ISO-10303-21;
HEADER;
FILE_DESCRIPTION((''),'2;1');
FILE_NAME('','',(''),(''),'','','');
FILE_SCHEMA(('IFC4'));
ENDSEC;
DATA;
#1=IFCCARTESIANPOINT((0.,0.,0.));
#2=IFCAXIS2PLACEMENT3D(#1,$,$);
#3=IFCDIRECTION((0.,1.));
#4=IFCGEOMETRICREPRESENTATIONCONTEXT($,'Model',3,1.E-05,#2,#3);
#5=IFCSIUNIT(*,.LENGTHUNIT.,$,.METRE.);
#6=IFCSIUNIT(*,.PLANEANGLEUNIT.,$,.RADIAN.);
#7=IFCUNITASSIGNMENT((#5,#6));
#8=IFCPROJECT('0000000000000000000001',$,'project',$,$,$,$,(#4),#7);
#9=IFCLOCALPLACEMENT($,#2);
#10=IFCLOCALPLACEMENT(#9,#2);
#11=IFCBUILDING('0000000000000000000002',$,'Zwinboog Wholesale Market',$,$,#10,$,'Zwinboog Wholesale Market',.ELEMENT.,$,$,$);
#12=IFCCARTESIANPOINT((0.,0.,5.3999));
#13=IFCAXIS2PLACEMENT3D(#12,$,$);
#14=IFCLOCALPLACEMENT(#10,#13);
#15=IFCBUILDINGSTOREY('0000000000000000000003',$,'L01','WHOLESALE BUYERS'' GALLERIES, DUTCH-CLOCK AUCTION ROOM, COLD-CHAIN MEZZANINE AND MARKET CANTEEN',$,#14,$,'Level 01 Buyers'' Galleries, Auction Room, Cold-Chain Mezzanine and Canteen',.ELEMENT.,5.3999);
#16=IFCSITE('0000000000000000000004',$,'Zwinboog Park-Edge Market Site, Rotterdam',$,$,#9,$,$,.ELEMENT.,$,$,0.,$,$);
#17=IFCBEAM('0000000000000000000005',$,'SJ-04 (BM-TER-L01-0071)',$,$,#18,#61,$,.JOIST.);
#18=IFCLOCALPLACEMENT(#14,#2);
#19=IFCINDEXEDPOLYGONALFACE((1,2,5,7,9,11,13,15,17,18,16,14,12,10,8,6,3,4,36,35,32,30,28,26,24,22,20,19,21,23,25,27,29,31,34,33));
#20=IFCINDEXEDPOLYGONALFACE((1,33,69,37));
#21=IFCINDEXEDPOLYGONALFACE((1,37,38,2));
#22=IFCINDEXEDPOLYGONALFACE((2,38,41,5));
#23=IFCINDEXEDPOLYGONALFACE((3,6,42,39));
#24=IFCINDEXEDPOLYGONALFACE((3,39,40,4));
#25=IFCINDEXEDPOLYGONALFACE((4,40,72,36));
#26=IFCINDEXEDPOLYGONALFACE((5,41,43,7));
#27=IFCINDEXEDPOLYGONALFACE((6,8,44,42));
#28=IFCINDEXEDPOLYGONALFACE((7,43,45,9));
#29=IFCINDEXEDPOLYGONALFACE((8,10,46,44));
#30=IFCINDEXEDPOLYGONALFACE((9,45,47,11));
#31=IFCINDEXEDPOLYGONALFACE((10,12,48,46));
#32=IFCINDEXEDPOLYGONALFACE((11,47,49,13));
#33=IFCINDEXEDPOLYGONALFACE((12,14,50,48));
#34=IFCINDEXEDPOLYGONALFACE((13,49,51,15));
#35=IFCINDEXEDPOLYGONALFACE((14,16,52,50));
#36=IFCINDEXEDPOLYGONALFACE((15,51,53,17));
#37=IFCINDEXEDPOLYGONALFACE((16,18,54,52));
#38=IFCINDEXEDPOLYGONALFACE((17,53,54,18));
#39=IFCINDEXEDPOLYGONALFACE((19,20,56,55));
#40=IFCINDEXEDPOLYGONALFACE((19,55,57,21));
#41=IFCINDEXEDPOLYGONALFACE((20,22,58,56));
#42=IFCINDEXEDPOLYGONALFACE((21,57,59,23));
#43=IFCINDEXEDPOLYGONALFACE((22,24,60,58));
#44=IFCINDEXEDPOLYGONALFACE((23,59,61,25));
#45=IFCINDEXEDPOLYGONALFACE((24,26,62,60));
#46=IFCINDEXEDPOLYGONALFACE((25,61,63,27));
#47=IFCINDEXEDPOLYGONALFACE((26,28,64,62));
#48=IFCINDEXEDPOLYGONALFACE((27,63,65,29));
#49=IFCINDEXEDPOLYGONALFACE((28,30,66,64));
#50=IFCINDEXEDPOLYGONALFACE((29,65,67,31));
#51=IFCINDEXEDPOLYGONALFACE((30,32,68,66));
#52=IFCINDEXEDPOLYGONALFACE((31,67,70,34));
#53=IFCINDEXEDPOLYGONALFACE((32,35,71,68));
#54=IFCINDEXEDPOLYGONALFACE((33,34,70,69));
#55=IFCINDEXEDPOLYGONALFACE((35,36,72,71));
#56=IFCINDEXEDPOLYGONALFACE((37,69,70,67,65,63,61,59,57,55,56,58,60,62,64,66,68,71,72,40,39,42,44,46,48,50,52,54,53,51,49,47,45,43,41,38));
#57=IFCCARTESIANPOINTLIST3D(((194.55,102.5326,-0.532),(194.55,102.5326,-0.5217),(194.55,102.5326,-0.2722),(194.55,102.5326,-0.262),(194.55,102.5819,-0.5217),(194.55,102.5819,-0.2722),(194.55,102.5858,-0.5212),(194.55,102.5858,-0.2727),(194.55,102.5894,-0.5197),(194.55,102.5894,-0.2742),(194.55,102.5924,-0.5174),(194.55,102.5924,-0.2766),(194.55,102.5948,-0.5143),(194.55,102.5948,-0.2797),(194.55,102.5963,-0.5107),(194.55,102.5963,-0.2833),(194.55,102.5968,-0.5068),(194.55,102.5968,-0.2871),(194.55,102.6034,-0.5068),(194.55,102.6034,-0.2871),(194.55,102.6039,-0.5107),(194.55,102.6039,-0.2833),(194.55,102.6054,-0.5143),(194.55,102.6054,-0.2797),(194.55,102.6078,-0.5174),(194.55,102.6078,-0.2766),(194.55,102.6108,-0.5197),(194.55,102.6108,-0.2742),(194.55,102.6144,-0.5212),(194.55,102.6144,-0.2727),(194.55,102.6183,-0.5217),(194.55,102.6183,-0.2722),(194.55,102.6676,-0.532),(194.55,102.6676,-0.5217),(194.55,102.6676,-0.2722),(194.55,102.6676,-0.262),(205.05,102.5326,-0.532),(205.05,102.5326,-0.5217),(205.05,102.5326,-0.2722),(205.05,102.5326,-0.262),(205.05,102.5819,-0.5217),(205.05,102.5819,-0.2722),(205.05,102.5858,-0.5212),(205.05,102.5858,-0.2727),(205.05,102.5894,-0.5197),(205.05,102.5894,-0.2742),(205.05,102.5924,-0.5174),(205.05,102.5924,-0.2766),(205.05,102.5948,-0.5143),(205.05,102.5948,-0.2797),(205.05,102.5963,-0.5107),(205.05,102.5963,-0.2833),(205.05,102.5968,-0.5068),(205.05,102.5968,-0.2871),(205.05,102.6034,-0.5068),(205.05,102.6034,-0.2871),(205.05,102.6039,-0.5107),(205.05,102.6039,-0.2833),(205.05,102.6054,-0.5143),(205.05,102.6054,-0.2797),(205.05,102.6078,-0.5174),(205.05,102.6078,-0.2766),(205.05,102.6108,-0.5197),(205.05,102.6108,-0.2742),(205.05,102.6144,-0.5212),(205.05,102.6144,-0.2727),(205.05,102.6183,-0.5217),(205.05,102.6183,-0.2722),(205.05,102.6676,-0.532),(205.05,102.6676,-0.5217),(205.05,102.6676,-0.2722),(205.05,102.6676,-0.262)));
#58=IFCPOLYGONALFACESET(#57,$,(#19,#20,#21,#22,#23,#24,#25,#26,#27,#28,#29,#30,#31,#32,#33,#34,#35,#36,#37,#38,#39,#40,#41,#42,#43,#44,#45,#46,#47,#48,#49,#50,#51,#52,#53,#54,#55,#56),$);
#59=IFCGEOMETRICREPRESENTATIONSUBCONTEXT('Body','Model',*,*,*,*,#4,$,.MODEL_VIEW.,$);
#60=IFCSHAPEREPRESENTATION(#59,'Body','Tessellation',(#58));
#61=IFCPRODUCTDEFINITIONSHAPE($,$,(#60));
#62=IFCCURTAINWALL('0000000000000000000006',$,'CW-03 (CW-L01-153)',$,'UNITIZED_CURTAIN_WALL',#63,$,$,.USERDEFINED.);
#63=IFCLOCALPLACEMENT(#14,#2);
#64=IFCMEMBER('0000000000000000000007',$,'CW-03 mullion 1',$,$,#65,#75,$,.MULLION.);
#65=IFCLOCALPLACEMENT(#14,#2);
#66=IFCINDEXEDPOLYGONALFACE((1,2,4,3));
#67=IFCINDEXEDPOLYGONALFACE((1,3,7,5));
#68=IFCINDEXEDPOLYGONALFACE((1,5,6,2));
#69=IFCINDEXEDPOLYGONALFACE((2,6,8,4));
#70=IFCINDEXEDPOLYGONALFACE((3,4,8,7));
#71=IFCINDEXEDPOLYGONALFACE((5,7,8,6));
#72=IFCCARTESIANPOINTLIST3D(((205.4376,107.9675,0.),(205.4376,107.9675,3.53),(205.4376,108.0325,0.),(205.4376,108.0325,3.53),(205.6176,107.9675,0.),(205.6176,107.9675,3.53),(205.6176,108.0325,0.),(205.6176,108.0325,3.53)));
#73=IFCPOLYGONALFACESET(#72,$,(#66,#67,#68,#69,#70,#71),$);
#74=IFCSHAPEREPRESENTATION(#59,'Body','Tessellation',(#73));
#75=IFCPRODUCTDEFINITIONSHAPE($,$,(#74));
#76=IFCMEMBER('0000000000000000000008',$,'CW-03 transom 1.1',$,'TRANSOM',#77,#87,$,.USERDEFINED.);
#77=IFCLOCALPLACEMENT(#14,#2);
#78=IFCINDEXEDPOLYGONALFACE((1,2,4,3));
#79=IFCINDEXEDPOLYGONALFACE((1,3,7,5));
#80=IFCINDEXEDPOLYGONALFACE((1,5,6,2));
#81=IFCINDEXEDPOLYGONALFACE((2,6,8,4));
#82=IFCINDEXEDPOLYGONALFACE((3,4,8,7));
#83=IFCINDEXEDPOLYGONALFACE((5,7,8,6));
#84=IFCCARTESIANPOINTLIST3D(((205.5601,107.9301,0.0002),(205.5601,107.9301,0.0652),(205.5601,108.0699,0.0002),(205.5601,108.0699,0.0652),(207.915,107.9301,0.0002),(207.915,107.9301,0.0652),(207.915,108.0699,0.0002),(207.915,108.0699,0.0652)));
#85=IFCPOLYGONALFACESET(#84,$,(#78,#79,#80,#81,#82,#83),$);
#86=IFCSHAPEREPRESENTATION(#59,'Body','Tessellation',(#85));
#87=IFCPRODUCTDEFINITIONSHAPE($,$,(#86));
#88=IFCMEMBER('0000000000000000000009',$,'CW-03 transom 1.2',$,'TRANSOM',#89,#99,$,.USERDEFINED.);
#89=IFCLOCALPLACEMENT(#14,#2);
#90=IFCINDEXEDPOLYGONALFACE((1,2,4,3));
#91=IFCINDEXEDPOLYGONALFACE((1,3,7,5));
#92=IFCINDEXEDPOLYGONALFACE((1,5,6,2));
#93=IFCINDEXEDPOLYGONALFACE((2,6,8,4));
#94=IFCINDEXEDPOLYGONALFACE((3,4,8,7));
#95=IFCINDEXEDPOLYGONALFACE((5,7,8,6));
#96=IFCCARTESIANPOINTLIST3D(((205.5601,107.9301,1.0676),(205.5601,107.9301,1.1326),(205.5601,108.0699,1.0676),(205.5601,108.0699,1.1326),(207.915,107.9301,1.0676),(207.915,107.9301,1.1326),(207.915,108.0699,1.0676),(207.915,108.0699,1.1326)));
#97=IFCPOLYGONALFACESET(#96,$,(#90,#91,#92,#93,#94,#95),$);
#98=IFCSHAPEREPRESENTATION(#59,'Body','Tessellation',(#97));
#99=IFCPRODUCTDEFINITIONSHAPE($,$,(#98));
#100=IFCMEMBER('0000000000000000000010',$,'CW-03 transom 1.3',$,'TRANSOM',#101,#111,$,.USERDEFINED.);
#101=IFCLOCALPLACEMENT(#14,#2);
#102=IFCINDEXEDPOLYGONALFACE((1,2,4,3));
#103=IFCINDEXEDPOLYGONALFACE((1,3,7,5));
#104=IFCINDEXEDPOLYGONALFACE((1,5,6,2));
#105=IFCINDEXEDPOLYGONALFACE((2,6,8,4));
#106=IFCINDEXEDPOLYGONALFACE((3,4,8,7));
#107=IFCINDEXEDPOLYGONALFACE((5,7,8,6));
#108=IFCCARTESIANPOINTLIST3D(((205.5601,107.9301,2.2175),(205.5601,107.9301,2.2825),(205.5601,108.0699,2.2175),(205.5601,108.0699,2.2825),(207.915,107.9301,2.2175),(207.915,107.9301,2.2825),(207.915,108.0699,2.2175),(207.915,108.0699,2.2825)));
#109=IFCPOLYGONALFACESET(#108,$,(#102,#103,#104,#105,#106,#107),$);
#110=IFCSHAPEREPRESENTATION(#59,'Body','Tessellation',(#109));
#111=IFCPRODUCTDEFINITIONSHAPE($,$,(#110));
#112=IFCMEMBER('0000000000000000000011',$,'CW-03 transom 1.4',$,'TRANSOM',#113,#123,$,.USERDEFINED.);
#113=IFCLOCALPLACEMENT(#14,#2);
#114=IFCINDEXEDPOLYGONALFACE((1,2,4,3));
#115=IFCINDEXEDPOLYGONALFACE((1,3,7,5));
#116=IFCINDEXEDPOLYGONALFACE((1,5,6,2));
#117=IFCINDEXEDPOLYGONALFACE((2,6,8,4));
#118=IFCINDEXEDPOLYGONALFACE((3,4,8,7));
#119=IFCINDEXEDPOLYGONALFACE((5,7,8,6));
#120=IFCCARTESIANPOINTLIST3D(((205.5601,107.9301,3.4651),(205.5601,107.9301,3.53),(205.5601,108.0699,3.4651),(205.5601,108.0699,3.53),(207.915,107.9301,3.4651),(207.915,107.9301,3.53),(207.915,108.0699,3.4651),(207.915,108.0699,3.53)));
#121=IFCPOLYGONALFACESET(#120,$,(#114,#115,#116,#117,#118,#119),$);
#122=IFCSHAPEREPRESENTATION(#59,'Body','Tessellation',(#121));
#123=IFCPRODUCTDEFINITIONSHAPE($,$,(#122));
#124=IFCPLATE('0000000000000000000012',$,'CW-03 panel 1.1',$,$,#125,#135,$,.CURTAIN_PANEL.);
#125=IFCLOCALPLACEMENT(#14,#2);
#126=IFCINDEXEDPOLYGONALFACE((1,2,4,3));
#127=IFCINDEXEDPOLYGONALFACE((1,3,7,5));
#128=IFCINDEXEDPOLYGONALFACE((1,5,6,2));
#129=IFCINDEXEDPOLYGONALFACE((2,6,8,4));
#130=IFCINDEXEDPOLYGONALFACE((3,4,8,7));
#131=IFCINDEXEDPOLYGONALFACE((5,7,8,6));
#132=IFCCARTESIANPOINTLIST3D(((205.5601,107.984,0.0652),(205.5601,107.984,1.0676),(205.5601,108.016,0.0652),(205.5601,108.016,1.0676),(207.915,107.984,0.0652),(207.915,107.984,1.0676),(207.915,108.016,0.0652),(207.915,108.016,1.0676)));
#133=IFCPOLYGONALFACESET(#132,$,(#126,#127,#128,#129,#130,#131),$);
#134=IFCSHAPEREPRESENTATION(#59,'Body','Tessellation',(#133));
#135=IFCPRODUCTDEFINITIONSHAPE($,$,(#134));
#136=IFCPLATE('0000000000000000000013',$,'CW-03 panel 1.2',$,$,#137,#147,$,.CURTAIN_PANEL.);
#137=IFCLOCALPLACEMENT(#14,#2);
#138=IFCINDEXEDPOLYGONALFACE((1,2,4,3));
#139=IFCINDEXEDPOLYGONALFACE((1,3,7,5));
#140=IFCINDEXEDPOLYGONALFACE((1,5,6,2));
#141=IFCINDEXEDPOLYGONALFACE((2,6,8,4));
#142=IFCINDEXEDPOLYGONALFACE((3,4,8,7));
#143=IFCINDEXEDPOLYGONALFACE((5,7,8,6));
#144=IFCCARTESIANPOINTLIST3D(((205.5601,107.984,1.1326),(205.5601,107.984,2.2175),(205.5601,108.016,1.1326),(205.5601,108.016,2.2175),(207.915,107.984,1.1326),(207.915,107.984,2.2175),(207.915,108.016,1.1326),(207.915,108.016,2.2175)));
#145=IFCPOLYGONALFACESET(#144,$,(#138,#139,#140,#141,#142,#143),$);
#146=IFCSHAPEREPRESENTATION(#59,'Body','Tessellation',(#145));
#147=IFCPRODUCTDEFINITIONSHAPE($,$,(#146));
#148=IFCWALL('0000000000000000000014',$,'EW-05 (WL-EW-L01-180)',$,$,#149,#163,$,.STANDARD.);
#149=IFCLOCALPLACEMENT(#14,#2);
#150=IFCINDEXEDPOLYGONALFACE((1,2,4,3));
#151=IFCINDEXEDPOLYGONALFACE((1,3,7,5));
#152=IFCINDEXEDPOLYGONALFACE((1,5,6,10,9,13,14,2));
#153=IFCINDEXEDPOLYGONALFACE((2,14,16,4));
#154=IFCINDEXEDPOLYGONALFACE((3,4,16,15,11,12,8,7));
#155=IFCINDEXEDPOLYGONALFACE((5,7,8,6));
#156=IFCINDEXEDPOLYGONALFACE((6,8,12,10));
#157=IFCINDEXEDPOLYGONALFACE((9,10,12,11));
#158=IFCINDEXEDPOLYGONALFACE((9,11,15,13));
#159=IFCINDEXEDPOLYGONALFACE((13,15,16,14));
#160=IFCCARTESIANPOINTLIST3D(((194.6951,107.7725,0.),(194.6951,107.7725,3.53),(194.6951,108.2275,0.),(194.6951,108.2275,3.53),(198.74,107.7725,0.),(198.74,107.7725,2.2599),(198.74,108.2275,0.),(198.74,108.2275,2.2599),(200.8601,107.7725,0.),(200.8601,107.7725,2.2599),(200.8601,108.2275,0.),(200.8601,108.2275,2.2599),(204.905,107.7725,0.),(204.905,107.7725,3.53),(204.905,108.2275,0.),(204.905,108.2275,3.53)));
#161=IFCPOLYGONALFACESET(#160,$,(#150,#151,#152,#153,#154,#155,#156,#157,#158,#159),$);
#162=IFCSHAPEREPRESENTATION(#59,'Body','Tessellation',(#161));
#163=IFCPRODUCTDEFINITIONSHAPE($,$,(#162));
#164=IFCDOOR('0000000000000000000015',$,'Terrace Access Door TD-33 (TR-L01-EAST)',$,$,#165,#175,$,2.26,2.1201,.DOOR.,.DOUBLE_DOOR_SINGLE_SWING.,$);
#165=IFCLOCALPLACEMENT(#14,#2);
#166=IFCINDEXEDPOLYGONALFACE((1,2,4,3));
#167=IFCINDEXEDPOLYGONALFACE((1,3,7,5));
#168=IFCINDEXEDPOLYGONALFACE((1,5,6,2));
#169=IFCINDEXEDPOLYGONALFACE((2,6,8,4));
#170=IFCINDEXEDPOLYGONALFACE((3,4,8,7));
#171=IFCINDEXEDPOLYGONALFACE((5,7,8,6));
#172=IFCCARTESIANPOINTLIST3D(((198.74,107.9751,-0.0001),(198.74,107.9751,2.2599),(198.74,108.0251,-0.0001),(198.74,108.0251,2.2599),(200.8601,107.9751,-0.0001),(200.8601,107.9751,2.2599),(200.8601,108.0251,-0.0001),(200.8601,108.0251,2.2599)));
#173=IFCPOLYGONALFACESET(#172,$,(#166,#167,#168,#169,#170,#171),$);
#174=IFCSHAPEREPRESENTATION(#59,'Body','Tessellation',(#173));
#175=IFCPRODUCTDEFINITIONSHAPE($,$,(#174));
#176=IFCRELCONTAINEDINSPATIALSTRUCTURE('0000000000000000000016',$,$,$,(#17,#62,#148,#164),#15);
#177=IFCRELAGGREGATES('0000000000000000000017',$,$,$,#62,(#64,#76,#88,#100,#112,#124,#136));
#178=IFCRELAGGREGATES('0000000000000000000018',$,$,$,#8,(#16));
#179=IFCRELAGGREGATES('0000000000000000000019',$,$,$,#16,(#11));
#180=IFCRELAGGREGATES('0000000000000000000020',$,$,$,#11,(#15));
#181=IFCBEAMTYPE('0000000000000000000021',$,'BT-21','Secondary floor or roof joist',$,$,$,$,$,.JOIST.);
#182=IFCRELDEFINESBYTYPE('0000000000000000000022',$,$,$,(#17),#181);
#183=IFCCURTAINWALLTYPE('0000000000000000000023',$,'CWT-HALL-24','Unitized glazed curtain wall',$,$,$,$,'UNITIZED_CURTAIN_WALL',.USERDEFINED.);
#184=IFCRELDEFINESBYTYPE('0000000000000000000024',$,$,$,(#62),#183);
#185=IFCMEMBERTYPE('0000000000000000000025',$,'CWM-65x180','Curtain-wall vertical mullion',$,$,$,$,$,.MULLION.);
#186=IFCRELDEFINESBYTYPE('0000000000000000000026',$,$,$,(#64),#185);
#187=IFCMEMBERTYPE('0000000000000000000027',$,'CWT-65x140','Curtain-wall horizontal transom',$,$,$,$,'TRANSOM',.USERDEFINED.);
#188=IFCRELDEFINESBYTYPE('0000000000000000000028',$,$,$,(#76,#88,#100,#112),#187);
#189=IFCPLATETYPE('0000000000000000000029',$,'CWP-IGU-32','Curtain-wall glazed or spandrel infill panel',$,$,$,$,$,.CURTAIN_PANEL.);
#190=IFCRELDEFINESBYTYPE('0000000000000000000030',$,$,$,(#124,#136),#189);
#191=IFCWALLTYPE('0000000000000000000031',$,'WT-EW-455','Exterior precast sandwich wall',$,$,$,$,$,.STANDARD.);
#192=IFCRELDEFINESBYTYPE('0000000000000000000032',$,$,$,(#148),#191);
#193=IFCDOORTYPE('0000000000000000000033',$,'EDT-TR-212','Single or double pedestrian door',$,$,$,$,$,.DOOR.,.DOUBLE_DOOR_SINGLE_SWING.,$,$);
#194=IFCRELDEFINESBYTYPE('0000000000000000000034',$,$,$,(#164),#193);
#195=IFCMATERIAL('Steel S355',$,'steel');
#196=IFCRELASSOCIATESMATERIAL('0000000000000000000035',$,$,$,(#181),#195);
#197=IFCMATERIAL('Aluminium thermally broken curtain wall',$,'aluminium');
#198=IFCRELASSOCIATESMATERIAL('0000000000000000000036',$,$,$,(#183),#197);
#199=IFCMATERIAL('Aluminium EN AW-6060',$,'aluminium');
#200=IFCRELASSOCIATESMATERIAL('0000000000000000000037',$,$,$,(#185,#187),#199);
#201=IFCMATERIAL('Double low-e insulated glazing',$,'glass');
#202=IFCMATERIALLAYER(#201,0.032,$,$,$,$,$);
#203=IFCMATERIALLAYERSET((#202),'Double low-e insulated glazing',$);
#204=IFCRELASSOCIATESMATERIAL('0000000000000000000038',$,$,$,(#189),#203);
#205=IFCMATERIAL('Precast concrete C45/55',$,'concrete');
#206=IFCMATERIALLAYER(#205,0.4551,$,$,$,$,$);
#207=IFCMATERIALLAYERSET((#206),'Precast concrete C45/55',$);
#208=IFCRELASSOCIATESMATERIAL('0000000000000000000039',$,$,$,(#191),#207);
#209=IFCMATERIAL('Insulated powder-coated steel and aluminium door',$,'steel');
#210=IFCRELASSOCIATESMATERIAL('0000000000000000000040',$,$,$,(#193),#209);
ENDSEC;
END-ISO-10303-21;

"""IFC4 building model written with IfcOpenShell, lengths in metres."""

from ifc_helpers import new_model, si_unit, direction, frame, frame_2d, origin, origin_2d, place, context, subcontext, project, spatial, rectangle, i_section, extrude, material, layer, layer_set, material_profile, profile_set, type_object, element, fill, aggregate, save


model = new_model("IFC4")

# Units and contexts
model_context = context("Model", 3, precision=1e-05, world=origin(), true_north=direction((0.0, 1.0)))
body_context = subcontext(model_context, "Body", "Model", "MODEL_VIEW")
ifc_project = project(units=[si_unit("LENGTHUNIT", "METRE"), si_unit("PLANEANGLEUNIT", "RADIAN")], contexts=[model_context])

# Site, building, storey
site_placement = place(None, origin())
site = spatial("IfcSite", under=ifc_project, at=site_placement, Name="Zwinboog Park-Edge Market Site, Rotterdam", CompositionType="ELEMENT", RefElevation=0.0)
building_placement = place(site_placement, origin())
building = spatial("IfcBuilding", under=site, at=building_placement, Name="Zwinboog Wholesale Market", LongName="Zwinboog Wholesale Market", CompositionType="ELEMENT")
storey_placement = place(building_placement, frame((0.0, 0.0, 5.3999)))
storey = spatial("IfcBuildingStorey", under=building, at=storey_placement, Name="L01", Description="WHOLESALE BUYERS' GALLERIES, DUTCH-CLOCK AUCTION ROOM, COLD-CHAIN MEZZANINE AND MARKET CANTEEN", LongName="Level 01 Buyers' Galleries, Auction Room, Cold-Chain Mezzanine and Canteen", CompositionType="ELEMENT", Elevation=5.3999)

# Shared definitions
ifc_material_1 = material(Name="Precast concrete C45/55", Category="concrete")

# Beam
ifc_material_2 = material(Name="Steel S355", Category="steel")
ifc_material_profile_1 = material_profile(ifc_material_2, i_section(OverallWidth=0.135, OverallDepth=0.27, WebThickness=0.0066, FlangeThickness=0.0103, FilletRadius=0.0149, at=origin_2d()), Name="IPE 270")
ifc_profile_set_1 = profile_set([ifc_material_profile_1], Name="Steel S355")
beam_type_1 = type_object("IfcBeamType", Name="BT-21", Description="Secondary floor or roof joist", PredefinedType="JOIST", material=ifc_profile_set_1)
beam_1_placement = place(storey_placement, frame((194.55, 102.6001, -0.397), z_axis=(1.0, 0.0, 0.0), x_axis=(0.0, 1.0, 0.0)))
element("IfcBeam", 1, at=beam_1_placement, inside=storey, type_object=beam_type_1, Name="SJ-04 (BM-TER-L01-0071)", PredefinedType="JOIST", context=body_context, shape_type="SweptSolid", body=[
    extrude(i_section(OverallWidth=0.135, OverallDepth=0.27, WebThickness=0.0066, FlangeThickness=0.0103, FilletRadius=0.0149, at=origin_2d()), origin(), (0.0, 0.0, 1.0), 10.5),
])

# Curtain wall, members, plates
ifc_material_3 = material(Name="Aluminium thermally broken curtain wall", Category="aluminium")
curtain_wall_type = type_object("IfcCurtainWallType", Name="CWT-HALL-24", Description="Unitized glazed curtain wall", ElementType="UNITIZED_CURTAIN_WALL", PredefinedType="USERDEFINED", material=ifc_material_3)
curtain_wall_placement = place(storey_placement, origin())
curtain_wall = element("IfcCurtainWall", 2, at=curtain_wall_placement, inside=storey, type_object=curtain_wall_type, Name="CW-03 (CW-L01-153)", ObjectType="UNITIZED_CURTAIN_WALL", PredefinedType="USERDEFINED")
ifc_material_4 = material(Name="Aluminium EN AW-6060", Category="aluminium")
ifc_material_profile_2 = material_profile(ifc_material_4, rectangle(XDim=0.0649, YDim=0.1799, at=origin_2d()), Name="AL 65x180")
ifc_profile_set_2 = profile_set([ifc_material_profile_2], Name="Aluminium EN AW-6060")
member_type_1 = type_object("IfcMemberType", Name="CWM-65x180", Description="Curtain-wall vertical mullion", PredefinedType="MULLION", material=ifc_profile_set_2)
member_1_placement = place(storey_placement, frame((205.5276, 108.0, 0.0), z_axis=(0.0, 0.0, 1.0), x_axis=(0.0, 1.0, 0.0)))
member_1 = element("IfcMember", 3, at=member_1_placement, type_object=member_type_1, Name="CW-03 mullion 1", PredefinedType="MULLION", context=body_context, shape_type="SweptSolid", body=[
    extrude(rectangle(XDim=0.0649, YDim=0.1799, at=origin_2d()), origin(), (0.0, 0.0, 1.0), 3.53),
])
ifc_material_profile_3 = material_profile(ifc_material_4, rectangle(XDim=0.1399, YDim=0.0649, at=origin_2d()), Name="AL 65x140")
ifc_profile_set_3 = profile_set([ifc_material_profile_3], Name="Aluminium EN AW-6060")
member_type_2 = type_object("IfcMemberType", Name="CWT-65x140", Description="Curtain-wall horizontal transom", ElementType="TRANSOM", PredefinedType="USERDEFINED", material=ifc_profile_set_3)
member_2_placement = place(storey_placement, frame((205.5601, 108.0, 0.0327), z_axis=(1.0, 0.0, 0.0), x_axis=(0.0, 1.0, 0.0)))
member_2 = element("IfcMember", 4, at=member_2_placement, type_object=member_type_2, Name="CW-03 transom 1.1", ObjectType="TRANSOM", PredefinedType="USERDEFINED", context=body_context, shape_type="SweptSolid", body=[
    extrude(rectangle(XDim=0.1399, YDim=0.0649, at=origin_2d()), origin(), (0.0, 0.0, 1.0), 2.355),
])
member_3_placement = place(storey_placement, frame((205.5601, 108.0, 1.1001), z_axis=(1.0, 0.0, 0.0), x_axis=(0.0, 1.0, 0.0)))
member_3 = element("IfcMember", 5, at=member_3_placement, type_object=member_type_2, Name="CW-03 transom 1.2", ObjectType="TRANSOM", PredefinedType="USERDEFINED", context=body_context, shape_type="SweptSolid", body=[
    extrude(rectangle(XDim=0.1399, YDim=0.0649, at=origin_2d()), origin(), (0.0, 0.0, 1.0), 2.355),
])
member_4_placement = place(storey_placement, frame((205.5601, 108.0, 2.25), z_axis=(1.0, 0.0, 0.0), x_axis=(0.0, 1.0, 0.0)))
member_4 = element("IfcMember", 6, at=member_4_placement, type_object=member_type_2, Name="CW-03 transom 1.3", ObjectType="TRANSOM", PredefinedType="USERDEFINED", context=body_context, shape_type="SweptSolid", body=[
    extrude(rectangle(XDim=0.1399, YDim=0.0649, at=origin_2d()), origin(), (0.0, 0.0, 1.0), 2.355),
])
member_5_placement = place(storey_placement, frame((205.5601, 108.0, 3.4976), z_axis=(1.0, 0.0, 0.0), x_axis=(0.0, 1.0, 0.0)))
member_5 = element("IfcMember", 7, at=member_5_placement, type_object=member_type_2, Name="CW-03 transom 1.4", ObjectType="TRANSOM", PredefinedType="USERDEFINED", context=body_context, shape_type="SweptSolid", body=[
    extrude(rectangle(XDim=0.1399, YDim=0.0649, at=origin_2d()), origin(), (0.0, 0.0, 1.0), 2.355),
])
ifc_material_5 = material(Name="Double low-e insulated glazing", Category="glass")
ifc_layer_1 = layer(ifc_material_5, 0.032)
ifc_layer_set_1 = layer_set([ifc_layer_1], Name="Double low-e insulated glazing")
plate_type = type_object("IfcPlateType", Name="CWP-IGU-32", Description="Curtain-wall glazed or spandrel infill panel", PredefinedType="CURTAIN_PANEL", material=ifc_layer_set_1)
plate_1_placement = place(storey_placement, frame((206.7375, 108.0, 0.0652), z_axis=(0.0, 0.0, 1.0), x_axis=(1.0, 0.0, 0.0)))
plate_1 = element("IfcPlate", 8, at=plate_1_placement, type_object=plate_type, Name="CW-03 panel 1.1", PredefinedType="CURTAIN_PANEL", context=body_context, shape_type="SweptSolid", body=[
    extrude(rectangle(XDim=2.355, YDim=0.032, at=origin_2d()), origin(), (0.0, 0.0, 1.0), 1.0024),
])
plate_2_placement = place(storey_placement, frame((206.7375, 108.0, 1.1326), z_axis=(0.0, 0.0, 1.0), x_axis=(1.0, 0.0, 0.0)))
plate_2 = element("IfcPlate", 9, at=plate_2_placement, type_object=plate_type, Name="CW-03 panel 1.2", PredefinedType="CURTAIN_PANEL", context=body_context, shape_type="SweptSolid", body=[
    extrude(rectangle(XDim=2.355, YDim=0.032, at=origin_2d()), origin(), (0.0, 0.0, 1.0), 1.085),
])
aggregate(curtain_wall, [member_1, member_2, member_3, member_4, member_5, plate_1, plate_2])

# Wall, opening, door
ifc_layer_2 = layer(ifc_material_1, 0.4551)
ifc_layer_set_2 = layer_set([ifc_layer_2], Name="Precast concrete C45/55")
wall_type = type_object("IfcWallType", Name="WT-EW-455", Description="Exterior precast sandwich wall", PredefinedType="STANDARD", material=ifc_layer_set_2)
wall_placement = place(storey_placement, frame((194.6951, 108.0, 0.0), z_axis=(0.0, 0.0, 1.0), x_axis=(1.0, 0.0, 0.0)))
wall = element("IfcWall", 10, at=wall_placement, inside=storey, type_object=wall_type, Name="EW-05 (WL-EW-L01-180)", PredefinedType="STANDARD", context=body_context, shape_type="SweptSolid", body=[
    extrude(rectangle(XDim=10.21, YDim=0.4551, at=frame_2d((5.105, 0.0))), origin(), (0.0, 0.0, 1.0), 3.53),
])
opening_placement = place(wall_placement, frame((4.0449, 0.0, 0.0)))
opening = element("IfcOpeningElement", 11, at=opening_placement, cuts=wall, PredefinedType="OPENING", context=body_context, shape_type="SweptSolid", body=[
    extrude(rectangle(XDim=2.1201, YDim=2.26, at=frame_2d((1.0601, 1.1299))), frame((0.0, 0.2375, 0.0), z_axis=(0.0, -1.0, 0.0), x_axis=(1.0, 0.0, 0.0)), (0.0, 0.0, 1.0), 0.4751),
])
ifc_material_6 = material(Name="Insulated powder-coated steel and aluminium door", Category="steel")
door_type = type_object("IfcDoorType", Name="EDT-TR-212", Description="Single or double pedestrian door", OperationType="DOUBLE_DOOR_SINGLE_SWING", PredefinedType="DOOR", material=ifc_material_6)
door_placement = place(opening_placement, frame((2.1201, 0.0, 0.0), z_axis=(0.0, 0.0, 1.0), x_axis=(-1.0, 0.0, 0.0)))
door = element("IfcDoor", 12, at=door_placement, inside=storey, type_object=door_type, Name="Terrace Access Door TD-33 (TR-L01-EAST)", OperationType="DOUBLE_DOOR_SINGLE_SWING", OverallHeight=2.26, OverallWidth=2.1201, PredefinedType="DOOR", context=body_context, shape_type="SweptSolid", body=[
    extrude(rectangle(XDim=2.1201, YDim=2.26, at=frame_2d((1.0601, 1.1299))), frame((0.0, 0.0249, 0.0), z_axis=(0.0, -1.0, 0.0), x_axis=(1.0, 0.0, 0.0)), (0.0, 0.0, 1.0), 0.05),
])
fill(opening, door)

save(model, "model.ifc")
